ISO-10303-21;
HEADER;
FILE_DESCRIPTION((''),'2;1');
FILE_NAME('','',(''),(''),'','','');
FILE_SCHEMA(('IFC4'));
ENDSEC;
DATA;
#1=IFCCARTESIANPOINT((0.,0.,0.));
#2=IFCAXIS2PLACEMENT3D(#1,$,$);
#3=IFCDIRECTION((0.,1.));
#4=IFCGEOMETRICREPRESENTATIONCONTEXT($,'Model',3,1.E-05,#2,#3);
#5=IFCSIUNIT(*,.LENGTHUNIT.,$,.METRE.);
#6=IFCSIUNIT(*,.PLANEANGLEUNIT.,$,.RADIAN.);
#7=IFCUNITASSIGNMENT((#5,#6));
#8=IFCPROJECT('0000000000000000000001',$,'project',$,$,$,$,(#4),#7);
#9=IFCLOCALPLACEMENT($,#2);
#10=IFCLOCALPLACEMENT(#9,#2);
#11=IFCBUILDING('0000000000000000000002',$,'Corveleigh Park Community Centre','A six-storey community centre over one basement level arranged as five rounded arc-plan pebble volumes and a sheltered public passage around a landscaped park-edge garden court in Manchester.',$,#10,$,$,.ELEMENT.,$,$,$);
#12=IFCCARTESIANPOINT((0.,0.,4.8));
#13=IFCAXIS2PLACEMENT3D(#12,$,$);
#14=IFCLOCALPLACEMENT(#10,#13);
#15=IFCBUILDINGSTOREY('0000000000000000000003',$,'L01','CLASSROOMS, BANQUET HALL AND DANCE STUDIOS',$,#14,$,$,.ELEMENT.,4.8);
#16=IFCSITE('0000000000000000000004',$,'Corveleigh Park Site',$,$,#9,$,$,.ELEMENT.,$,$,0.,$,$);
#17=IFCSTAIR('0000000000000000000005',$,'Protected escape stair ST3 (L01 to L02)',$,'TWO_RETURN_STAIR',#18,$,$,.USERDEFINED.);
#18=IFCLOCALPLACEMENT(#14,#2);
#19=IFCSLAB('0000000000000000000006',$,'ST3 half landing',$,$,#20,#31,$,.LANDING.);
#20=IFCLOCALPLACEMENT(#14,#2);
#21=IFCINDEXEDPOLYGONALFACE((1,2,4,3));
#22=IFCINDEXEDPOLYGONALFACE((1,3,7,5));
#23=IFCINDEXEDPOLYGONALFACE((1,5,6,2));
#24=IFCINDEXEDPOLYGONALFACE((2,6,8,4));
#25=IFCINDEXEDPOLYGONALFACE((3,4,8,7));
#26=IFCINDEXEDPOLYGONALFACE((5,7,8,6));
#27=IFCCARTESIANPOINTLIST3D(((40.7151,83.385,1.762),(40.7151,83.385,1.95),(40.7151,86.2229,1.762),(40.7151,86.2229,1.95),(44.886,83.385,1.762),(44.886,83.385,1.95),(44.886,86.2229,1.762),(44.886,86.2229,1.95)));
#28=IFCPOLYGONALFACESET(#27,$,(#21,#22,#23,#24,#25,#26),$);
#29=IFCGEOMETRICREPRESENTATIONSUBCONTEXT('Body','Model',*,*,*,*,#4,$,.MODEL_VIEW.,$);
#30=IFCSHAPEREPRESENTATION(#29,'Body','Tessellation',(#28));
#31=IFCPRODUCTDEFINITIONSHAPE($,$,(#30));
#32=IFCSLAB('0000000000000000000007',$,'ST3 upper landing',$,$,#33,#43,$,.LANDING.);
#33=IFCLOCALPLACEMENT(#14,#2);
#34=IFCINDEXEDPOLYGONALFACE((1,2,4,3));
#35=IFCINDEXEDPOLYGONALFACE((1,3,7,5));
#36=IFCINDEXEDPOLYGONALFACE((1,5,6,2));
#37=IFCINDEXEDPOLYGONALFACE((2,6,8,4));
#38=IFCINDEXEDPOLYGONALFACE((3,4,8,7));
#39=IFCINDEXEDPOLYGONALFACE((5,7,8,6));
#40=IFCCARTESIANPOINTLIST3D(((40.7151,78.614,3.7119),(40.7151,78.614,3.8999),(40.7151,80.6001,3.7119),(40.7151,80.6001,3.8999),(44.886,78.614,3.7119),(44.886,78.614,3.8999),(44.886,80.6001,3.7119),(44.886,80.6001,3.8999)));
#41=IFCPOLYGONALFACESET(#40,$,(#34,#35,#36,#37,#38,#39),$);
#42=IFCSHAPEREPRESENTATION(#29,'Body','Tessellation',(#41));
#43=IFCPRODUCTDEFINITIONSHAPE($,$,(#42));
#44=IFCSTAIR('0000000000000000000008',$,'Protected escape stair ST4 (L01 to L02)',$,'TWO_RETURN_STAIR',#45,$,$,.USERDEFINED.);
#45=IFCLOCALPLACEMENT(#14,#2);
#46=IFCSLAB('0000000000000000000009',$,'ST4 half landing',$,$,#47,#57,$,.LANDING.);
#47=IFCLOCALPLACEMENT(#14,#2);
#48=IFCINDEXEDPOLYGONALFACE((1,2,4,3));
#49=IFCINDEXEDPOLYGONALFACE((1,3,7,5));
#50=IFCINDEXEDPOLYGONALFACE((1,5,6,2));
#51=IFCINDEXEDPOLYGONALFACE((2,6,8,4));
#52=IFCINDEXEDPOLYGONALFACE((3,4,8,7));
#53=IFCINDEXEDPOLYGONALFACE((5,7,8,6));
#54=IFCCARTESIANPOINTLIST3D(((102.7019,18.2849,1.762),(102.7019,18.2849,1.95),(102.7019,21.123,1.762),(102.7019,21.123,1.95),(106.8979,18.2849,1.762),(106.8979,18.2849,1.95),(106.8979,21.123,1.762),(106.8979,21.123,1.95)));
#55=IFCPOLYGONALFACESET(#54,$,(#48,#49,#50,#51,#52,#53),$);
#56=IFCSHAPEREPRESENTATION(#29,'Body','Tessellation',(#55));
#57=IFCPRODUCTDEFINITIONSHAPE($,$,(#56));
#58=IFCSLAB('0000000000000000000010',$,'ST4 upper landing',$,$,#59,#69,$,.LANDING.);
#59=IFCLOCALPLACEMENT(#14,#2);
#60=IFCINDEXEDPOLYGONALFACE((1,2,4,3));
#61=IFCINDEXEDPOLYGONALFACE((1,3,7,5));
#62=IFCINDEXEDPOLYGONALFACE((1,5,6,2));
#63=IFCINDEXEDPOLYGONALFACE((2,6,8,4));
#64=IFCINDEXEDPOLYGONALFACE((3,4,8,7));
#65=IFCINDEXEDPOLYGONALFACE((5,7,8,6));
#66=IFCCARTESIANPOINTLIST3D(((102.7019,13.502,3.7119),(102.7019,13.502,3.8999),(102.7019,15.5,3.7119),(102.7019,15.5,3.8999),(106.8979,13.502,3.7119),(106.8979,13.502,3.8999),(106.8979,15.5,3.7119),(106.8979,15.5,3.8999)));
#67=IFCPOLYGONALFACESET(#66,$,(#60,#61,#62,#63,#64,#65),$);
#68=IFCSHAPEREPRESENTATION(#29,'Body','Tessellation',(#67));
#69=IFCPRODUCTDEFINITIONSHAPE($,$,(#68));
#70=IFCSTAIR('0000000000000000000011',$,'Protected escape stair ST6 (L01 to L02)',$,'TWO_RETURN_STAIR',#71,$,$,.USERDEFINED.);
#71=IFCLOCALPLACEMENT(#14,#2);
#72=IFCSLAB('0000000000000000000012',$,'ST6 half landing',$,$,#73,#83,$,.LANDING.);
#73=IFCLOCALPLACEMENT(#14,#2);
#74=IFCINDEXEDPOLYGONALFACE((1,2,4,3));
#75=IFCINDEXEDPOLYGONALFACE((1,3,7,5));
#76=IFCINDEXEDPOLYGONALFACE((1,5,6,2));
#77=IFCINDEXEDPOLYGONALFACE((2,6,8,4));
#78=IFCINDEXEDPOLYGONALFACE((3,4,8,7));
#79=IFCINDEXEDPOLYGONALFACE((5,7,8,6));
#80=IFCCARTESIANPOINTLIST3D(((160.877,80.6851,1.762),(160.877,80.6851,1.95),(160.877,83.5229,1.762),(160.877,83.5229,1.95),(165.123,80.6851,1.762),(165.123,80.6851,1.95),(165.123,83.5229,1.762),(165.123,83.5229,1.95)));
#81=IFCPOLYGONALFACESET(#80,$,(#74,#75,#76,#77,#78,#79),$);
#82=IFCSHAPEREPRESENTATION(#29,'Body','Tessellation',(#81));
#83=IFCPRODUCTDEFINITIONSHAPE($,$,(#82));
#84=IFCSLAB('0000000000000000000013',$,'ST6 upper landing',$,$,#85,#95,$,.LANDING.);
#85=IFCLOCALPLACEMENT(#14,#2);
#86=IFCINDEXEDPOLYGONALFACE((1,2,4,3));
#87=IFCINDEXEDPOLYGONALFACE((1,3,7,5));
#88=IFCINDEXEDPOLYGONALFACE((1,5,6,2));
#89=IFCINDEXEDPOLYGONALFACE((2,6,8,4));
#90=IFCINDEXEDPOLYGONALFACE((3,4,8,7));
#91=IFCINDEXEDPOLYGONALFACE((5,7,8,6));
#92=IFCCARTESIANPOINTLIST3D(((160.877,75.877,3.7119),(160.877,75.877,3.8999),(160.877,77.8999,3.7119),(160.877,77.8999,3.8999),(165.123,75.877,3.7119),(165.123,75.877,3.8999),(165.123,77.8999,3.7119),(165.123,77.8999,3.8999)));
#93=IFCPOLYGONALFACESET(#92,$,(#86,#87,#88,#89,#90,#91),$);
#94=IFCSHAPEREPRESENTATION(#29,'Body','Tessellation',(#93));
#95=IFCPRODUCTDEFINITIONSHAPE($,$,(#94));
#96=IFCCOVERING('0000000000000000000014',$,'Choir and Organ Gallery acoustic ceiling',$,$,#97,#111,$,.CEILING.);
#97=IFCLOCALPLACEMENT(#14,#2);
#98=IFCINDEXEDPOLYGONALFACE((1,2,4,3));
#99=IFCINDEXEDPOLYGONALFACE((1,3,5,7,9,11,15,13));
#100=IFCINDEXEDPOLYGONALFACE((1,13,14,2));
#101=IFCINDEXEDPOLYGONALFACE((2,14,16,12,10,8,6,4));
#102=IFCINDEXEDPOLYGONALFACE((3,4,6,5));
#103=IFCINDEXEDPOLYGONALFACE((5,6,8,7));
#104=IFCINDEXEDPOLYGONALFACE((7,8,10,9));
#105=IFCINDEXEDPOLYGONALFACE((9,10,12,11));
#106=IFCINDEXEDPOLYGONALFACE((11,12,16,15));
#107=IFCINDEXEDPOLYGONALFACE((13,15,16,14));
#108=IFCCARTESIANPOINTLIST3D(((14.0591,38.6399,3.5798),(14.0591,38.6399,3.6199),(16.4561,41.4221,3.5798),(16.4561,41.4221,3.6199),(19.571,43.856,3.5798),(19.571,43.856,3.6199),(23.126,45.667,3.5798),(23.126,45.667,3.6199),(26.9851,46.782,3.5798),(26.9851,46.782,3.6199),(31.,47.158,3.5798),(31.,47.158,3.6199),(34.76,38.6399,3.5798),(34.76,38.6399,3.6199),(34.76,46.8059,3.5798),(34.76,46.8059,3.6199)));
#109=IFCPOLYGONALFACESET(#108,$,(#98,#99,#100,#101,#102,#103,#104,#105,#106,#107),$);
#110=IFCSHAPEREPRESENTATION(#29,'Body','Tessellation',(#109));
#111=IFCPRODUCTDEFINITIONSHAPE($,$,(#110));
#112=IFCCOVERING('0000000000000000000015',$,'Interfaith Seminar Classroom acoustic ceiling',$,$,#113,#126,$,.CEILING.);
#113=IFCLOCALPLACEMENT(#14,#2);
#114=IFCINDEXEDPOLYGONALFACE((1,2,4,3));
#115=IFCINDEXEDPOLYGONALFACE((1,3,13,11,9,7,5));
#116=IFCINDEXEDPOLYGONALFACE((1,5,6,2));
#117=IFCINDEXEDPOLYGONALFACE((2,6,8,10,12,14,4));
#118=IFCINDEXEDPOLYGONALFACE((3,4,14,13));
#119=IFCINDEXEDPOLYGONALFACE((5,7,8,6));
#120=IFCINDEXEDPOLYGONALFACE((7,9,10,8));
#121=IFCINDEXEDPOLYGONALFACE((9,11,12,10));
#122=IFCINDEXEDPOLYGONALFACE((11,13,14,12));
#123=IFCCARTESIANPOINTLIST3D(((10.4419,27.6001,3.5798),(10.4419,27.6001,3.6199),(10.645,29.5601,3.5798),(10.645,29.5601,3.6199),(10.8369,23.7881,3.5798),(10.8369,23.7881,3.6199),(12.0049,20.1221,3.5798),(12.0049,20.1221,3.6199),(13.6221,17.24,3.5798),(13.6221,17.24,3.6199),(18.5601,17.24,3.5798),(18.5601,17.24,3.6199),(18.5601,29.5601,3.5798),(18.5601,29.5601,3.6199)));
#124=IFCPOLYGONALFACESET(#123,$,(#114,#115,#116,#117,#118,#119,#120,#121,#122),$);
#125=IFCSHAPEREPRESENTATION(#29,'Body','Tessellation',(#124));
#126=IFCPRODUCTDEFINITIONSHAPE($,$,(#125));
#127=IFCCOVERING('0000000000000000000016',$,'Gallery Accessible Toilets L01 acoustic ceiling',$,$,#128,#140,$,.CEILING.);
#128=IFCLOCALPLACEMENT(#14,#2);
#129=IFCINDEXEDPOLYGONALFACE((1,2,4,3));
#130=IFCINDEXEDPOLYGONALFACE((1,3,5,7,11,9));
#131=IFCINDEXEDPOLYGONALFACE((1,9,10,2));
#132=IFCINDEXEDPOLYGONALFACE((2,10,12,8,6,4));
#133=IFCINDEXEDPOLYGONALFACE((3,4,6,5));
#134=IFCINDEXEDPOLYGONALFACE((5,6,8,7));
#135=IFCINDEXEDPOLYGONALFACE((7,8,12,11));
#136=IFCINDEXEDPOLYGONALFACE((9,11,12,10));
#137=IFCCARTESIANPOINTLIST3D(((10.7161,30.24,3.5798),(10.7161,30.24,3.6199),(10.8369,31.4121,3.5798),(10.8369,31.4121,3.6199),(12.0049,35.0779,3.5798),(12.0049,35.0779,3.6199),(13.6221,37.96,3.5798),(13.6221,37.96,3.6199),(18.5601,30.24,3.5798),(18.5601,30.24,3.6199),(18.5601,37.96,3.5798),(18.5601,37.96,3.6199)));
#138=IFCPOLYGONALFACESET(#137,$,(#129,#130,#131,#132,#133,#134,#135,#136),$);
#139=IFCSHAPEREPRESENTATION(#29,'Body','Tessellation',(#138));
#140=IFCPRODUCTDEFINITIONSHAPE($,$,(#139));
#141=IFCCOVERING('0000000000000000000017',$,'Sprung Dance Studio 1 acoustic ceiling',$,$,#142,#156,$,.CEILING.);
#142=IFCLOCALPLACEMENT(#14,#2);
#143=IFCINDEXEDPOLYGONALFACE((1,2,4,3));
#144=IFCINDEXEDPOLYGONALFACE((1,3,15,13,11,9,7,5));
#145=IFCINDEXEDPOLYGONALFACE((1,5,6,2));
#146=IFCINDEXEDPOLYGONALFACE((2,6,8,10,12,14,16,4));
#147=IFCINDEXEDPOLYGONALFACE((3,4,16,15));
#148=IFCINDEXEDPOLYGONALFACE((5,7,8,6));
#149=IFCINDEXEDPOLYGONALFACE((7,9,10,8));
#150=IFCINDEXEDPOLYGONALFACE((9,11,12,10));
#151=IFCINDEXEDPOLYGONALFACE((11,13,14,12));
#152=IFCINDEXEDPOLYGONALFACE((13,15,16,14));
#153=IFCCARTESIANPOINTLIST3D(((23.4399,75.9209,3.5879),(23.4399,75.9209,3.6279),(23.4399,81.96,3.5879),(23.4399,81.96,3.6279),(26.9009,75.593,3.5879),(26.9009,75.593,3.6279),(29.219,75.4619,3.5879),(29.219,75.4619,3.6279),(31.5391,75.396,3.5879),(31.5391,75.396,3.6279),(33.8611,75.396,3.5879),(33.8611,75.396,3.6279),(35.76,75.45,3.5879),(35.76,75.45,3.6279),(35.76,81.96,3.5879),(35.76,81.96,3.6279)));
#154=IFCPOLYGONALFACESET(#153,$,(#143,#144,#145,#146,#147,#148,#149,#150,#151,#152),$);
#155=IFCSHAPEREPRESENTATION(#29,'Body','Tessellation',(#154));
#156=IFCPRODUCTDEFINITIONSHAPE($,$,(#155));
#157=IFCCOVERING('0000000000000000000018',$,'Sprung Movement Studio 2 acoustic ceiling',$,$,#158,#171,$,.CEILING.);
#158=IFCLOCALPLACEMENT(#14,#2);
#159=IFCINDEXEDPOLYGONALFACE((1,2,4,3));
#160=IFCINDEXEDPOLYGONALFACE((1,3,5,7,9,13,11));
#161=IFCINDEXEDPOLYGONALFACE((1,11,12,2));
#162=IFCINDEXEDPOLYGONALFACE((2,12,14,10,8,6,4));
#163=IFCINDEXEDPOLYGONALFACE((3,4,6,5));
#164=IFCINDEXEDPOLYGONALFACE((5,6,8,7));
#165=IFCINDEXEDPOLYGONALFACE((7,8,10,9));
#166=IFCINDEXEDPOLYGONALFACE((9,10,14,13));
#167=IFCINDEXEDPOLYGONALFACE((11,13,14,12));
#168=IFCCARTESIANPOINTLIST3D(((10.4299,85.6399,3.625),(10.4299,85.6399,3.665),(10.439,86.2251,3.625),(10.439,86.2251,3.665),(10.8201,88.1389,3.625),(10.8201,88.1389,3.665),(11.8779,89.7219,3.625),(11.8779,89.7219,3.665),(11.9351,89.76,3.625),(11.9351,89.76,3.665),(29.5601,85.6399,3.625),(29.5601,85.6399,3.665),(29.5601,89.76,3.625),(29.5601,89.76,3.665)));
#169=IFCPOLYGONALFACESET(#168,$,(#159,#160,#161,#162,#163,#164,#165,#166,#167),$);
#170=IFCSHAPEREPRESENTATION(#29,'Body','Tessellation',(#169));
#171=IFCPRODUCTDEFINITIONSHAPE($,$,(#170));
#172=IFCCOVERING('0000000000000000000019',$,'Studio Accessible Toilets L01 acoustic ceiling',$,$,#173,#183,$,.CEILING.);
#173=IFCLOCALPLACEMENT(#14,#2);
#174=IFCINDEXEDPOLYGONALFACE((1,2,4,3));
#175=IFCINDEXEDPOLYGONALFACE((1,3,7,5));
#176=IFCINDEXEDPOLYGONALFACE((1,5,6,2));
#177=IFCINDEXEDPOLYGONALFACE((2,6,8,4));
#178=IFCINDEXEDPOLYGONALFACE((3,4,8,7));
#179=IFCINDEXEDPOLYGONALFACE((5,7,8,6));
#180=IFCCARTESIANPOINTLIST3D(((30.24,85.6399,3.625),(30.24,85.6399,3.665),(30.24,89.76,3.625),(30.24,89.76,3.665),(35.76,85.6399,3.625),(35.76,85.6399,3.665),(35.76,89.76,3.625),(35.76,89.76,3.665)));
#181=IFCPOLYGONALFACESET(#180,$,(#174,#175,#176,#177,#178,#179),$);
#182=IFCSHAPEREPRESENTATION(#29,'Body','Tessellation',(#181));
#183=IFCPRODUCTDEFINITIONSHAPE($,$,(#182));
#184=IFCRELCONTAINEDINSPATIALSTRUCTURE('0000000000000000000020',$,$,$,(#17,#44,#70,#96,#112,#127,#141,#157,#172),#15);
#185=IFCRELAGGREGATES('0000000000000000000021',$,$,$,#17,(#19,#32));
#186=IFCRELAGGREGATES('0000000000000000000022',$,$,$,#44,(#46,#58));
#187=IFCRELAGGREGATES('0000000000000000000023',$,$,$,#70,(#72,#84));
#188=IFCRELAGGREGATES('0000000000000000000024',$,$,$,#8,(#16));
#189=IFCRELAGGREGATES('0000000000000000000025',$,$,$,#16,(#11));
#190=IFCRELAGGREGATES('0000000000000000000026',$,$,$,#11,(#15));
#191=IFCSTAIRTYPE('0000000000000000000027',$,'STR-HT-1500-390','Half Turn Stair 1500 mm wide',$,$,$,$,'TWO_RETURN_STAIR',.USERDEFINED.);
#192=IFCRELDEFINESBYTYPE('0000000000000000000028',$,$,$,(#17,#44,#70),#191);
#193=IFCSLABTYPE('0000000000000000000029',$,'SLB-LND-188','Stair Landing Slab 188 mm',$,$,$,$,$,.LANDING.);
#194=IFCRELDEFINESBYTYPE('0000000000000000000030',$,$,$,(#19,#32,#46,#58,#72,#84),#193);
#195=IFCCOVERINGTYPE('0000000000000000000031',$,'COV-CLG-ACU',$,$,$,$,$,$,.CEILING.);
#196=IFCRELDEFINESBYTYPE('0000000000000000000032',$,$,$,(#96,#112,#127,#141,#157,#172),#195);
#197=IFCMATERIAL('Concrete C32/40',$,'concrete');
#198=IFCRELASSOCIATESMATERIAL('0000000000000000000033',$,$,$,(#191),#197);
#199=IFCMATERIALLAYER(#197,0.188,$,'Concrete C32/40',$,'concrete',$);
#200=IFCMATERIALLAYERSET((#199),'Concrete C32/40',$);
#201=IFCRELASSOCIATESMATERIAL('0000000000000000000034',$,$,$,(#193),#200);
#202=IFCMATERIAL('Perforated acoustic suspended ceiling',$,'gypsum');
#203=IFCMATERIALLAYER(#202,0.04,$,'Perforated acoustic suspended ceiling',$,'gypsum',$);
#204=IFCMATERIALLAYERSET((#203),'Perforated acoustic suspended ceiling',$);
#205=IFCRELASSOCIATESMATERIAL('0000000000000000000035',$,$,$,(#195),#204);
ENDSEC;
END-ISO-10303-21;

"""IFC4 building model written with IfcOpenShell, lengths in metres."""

from ifc_helpers import new_model, si_unit, direction, frame, origin, place, context, subcontext, project, spatial, polyline, outline, extrude, material, layer, layer_set, type_object, element, aggregate, save


model = new_model("IFC4")

# Units and contexts
model_context = context("Model", 3, precision=1e-05, world=origin(), true_north=direction((0.0, 1.0)))
body_context = subcontext(model_context, "Body", "Model", "MODEL_VIEW")
ifc_project = project(units=[si_unit("LENGTHUNIT", "METRE"), si_unit("PLANEANGLEUNIT", "RADIAN")], contexts=[model_context])

# Site, building, storey
site_placement = place(None, origin())
site = spatial("IfcSite", under=ifc_project, at=site_placement, Name="Corveleigh Park Site", CompositionType="ELEMENT", RefElevation=0.0)
building_placement = place(site_placement, origin())
building = spatial("IfcBuilding", under=site, at=building_placement, Name="Corveleigh Park Community Centre", Description="A six-storey community centre over one basement level arranged as five rounded arc-plan pebble volumes and a sheltered public passage around a landscaped park-edge garden court in Manchester.", CompositionType="ELEMENT")
storey_placement = place(building_placement, frame((0.0, 0.0, 4.8)))
storey = spatial("IfcBuildingStorey", under=building, at=storey_placement, Name="L01", Description="CLASSROOMS, BANQUET HALL AND DANCE STUDIOS", CompositionType="ELEMENT", Elevation=4.8)

# Stairs, slabs
ifc_material_1 = material(Name="Concrete C32/40", Category="concrete")
stair_type = type_object("IfcStairType", Name="STR-HT-1500-390", Description="Half Turn Stair 1500 mm wide", ElementType="TWO_RETURN_STAIR", PredefinedType="USERDEFINED", material=ifc_material_1)
stair_1_placement = place(storey_placement, origin())
stair_1 = element("IfcStair", 1, at=stair_1_placement, inside=storey, type_object=stair_type, Name="Protected escape stair ST3 (L01 to L02)", ObjectType="TWO_RETURN_STAIR", PredefinedType="USERDEFINED")
ifc_layer_1 = layer(ifc_material_1, 0.188, Name="Concrete C32/40", Category="concrete")
ifc_layer_set_1 = layer_set([ifc_layer_1], Name="Concrete C32/40")
slab_type = type_object("IfcSlabType", Name="SLB-LND-188", Description="Stair Landing Slab 188 mm", PredefinedType="LANDING", material=ifc_layer_set_1)
slab_1_placement = place(storey_placement, frame((0.0, 0.0, 1.762)))
slab_1 = element("IfcSlab", 2, at=slab_1_placement, type_object=slab_type, Name="ST3 half landing", PredefinedType="LANDING", context=body_context, shape_type="SweptSolid", body=[
    extrude(outline(polyline([(40.7151, 83.385), (44.886, 83.385), (44.886, 86.2229), (40.7151, 86.2229), (40.7151, 83.385)])), origin(), (0.0, 0.0, 1.0), 0.188),
])
slab_2_placement = place(storey_placement, frame((0.0, 0.0, 3.7119)))
slab_2 = element("IfcSlab", 3, at=slab_2_placement, type_object=slab_type, Name="ST3 upper landing", PredefinedType="LANDING", context=body_context, shape_type="SweptSolid", body=[
    extrude(outline(polyline([(40.7151, 78.614), (44.886, 78.614), (44.886, 80.6001), (40.7151, 80.6001), (40.7151, 78.614)])), origin(), (0.0, 0.0, 1.0), 0.188),
])
aggregate(stair_1, [slab_1, slab_2])
stair_2_placement = place(storey_placement, origin())
stair_2 = element("IfcStair", 4, at=stair_2_placement, inside=storey, type_object=stair_type, Name="Protected escape stair ST4 (L01 to L02)", ObjectType="TWO_RETURN_STAIR", PredefinedType="USERDEFINED")
slab_3_placement = place(storey_placement, frame((0.0, 0.0, 1.762)))
slab_3 = element("IfcSlab", 5, at=slab_3_placement, type_object=slab_type, Name="ST4 half landing", PredefinedType="LANDING", context=body_context, shape_type="SweptSolid", body=[
    extrude(outline(polyline([(102.7019, 18.2849), (106.8979, 18.2849), (106.8979, 21.123), (102.7019, 21.123), (102.7019, 18.2849)])), origin(), (0.0, 0.0, 1.0), 0.188),
])
slab_4_placement = place(storey_placement, frame((0.0, 0.0, 3.7119)))
slab_4 = element("IfcSlab", 6, at=slab_4_placement, type_object=slab_type, Name="ST4 upper landing", PredefinedType="LANDING", context=body_context, shape_type="SweptSolid", body=[
    extrude(outline(polyline([(102.7019, 13.502), (106.8979, 13.502), (106.8979, 15.5), (102.7019, 15.5), (102.7019, 13.502)])), origin(), (0.0, 0.0, 1.0), 0.188),
])
aggregate(stair_2, [slab_3, slab_4])
stair_3_placement = place(storey_placement, origin())
stair_3 = element("IfcStair", 7, at=stair_3_placement, inside=storey, type_object=stair_type, Name="Protected escape stair ST6 (L01 to L02)", ObjectType="TWO_RETURN_STAIR", PredefinedType="USERDEFINED")
slab_5_placement = place(storey_placement, frame((0.0, 0.0, 1.762)))
slab_5 = element("IfcSlab", 8, at=slab_5_placement, type_object=slab_type, Name="ST6 half landing", PredefinedType="LANDING", context=body_context, shape_type="SweptSolid", body=[
    extrude(outline(polyline([(160.877, 80.6851), (165.123, 80.6851), (165.123, 83.5229), (160.877, 83.5229), (160.877, 80.6851)])), origin(), (0.0, 0.0, 1.0), 0.188),
])
slab_6_placement = place(storey_placement, frame((0.0, 0.0, 3.7119)))
slab_6 = element("IfcSlab", 9, at=slab_6_placement, type_object=slab_type, Name="ST6 upper landing", PredefinedType="LANDING", context=body_context, shape_type="SweptSolid", body=[
    extrude(outline(polyline([(160.877, 75.877), (165.123, 75.877), (165.123, 77.8999), (160.877, 77.8999), (160.877, 75.877)])), origin(), (0.0, 0.0, 1.0), 0.188),
])
aggregate(stair_3, [slab_5, slab_6])

# Coverings
ifc_material_2 = material(Name="Perforated acoustic suspended ceiling", Category="gypsum")
ifc_layer_2 = layer(ifc_material_2, 0.04, Name="Perforated acoustic suspended ceiling", Category="gypsum")
ifc_layer_set_2 = layer_set([ifc_layer_2], Name="Perforated acoustic suspended ceiling")
covering_type_1 = type_object("IfcCoveringType", Name="COV-CLG-ACU", PredefinedType="CEILING", material=ifc_layer_set_2)
covering_1_placement = place(storey_placement, frame((0.0, 0.0, 3.5798)))
element("IfcCovering", 10, at=covering_1_placement, inside=storey, type_object=covering_type_1, Name="Choir and Organ Gallery acoustic ceiling", PredefinedType="CEILING", context=body_context, shape_type="SweptSolid", body=[
    extrude(outline(polyline([(31.0, 47.158), (34.76, 46.8059), (34.76, 38.6399), (14.0591, 38.6399), (16.4561, 41.4221), (19.571, 43.856), (23.126, 45.667), (26.9851, 46.782), (31.0, 47.158)])), origin(), (0.0, 0.0, 1.0), 0.04),
])
covering_2_placement = place(storey_placement, frame((0.0, 0.0, 3.5798)))
element("IfcCovering", 11, at=covering_2_placement, inside=storey, type_object=covering_type_1, Name="Interfaith Seminar Classroom acoustic ceiling", PredefinedType="CEILING", context=body_context, shape_type="SweptSolid", body=[
    extrude(outline(polyline([(18.5601, 29.5601), (18.5601, 17.24), (13.6221, 17.24), (12.0049, 20.1221), (10.8369, 23.7881), (10.4419, 27.6001), (10.645, 29.5601), (18.5601, 29.5601)])), origin(), (0.0, 0.0, 1.0), 0.04),
])
covering_3_placement = place(storey_placement, frame((0.0, 0.0, 3.5798)))
element("IfcCovering", 12, at=covering_3_placement, inside=storey, type_object=covering_type_1, Name="Gallery Accessible Toilets L01 acoustic ceiling", PredefinedType="CEILING", context=body_context, shape_type="SweptSolid", body=[
    extrude(outline(polyline([(10.7161, 30.24), (10.8369, 31.4121), (12.0049, 35.0779), (13.6221, 37.96), (18.5601, 37.96), (18.5601, 30.24), (10.7161, 30.24)])), origin(), (0.0, 0.0, 1.0), 0.04),
])
covering_4_placement = place(storey_placement, frame((0.0, 0.0, 3.5879)))
element("IfcCovering", 13, at=covering_4_placement, inside=storey, type_object=covering_type_1, Name="Sprung Dance Studio 1 acoustic ceiling", PredefinedType="CEILING", context=body_context, shape_type="SweptSolid", body=[
    extrude(outline(polyline([(29.219, 75.4619), (26.9009, 75.593), (23.4399, 75.9209), (23.4399, 81.96), (35.76, 81.96), (35.76, 75.45), (33.8611, 75.396), (31.5391, 75.396), (29.219, 75.4619)])), origin(), (0.0, 0.0, 1.0), 0.04),
])
covering_5_placement = place(storey_placement, frame((0.0, 0.0, 3.625)))
element("IfcCovering", 14, at=covering_5_placement, inside=storey, type_object=covering_type_1, Name="Sprung Movement Studio 2 acoustic ceiling", PredefinedType="CEILING", context=body_context, shape_type="SweptSolid", body=[
    extrude(outline(polyline([(29.5601, 89.76), (29.5601, 85.6399), (10.4299, 85.6399), (10.439, 86.2251), (10.8201, 88.1389), (11.8779, 89.7219), (11.9351, 89.76), (29.5601, 89.76)])), origin(), (0.0, 0.0, 1.0), 0.04),
])
covering_6_placement = place(storey_placement, frame((0.0, 0.0, 3.625)))
element("IfcCovering", 15, at=covering_6_placement, inside=storey, type_object=covering_type_1, Name="Studio Accessible Toilets L01 acoustic ceiling", PredefinedType="CEILING", context=body_context, shape_type="SweptSolid", body=[
    extrude(outline(polyline([(35.76, 85.6399), (30.24, 85.6399), (30.24, 89.76), (35.76, 89.76), (35.76, 85.6399)])), origin(), (0.0, 0.0, 1.0), 0.04),
])

save(model, "model.ifc")
